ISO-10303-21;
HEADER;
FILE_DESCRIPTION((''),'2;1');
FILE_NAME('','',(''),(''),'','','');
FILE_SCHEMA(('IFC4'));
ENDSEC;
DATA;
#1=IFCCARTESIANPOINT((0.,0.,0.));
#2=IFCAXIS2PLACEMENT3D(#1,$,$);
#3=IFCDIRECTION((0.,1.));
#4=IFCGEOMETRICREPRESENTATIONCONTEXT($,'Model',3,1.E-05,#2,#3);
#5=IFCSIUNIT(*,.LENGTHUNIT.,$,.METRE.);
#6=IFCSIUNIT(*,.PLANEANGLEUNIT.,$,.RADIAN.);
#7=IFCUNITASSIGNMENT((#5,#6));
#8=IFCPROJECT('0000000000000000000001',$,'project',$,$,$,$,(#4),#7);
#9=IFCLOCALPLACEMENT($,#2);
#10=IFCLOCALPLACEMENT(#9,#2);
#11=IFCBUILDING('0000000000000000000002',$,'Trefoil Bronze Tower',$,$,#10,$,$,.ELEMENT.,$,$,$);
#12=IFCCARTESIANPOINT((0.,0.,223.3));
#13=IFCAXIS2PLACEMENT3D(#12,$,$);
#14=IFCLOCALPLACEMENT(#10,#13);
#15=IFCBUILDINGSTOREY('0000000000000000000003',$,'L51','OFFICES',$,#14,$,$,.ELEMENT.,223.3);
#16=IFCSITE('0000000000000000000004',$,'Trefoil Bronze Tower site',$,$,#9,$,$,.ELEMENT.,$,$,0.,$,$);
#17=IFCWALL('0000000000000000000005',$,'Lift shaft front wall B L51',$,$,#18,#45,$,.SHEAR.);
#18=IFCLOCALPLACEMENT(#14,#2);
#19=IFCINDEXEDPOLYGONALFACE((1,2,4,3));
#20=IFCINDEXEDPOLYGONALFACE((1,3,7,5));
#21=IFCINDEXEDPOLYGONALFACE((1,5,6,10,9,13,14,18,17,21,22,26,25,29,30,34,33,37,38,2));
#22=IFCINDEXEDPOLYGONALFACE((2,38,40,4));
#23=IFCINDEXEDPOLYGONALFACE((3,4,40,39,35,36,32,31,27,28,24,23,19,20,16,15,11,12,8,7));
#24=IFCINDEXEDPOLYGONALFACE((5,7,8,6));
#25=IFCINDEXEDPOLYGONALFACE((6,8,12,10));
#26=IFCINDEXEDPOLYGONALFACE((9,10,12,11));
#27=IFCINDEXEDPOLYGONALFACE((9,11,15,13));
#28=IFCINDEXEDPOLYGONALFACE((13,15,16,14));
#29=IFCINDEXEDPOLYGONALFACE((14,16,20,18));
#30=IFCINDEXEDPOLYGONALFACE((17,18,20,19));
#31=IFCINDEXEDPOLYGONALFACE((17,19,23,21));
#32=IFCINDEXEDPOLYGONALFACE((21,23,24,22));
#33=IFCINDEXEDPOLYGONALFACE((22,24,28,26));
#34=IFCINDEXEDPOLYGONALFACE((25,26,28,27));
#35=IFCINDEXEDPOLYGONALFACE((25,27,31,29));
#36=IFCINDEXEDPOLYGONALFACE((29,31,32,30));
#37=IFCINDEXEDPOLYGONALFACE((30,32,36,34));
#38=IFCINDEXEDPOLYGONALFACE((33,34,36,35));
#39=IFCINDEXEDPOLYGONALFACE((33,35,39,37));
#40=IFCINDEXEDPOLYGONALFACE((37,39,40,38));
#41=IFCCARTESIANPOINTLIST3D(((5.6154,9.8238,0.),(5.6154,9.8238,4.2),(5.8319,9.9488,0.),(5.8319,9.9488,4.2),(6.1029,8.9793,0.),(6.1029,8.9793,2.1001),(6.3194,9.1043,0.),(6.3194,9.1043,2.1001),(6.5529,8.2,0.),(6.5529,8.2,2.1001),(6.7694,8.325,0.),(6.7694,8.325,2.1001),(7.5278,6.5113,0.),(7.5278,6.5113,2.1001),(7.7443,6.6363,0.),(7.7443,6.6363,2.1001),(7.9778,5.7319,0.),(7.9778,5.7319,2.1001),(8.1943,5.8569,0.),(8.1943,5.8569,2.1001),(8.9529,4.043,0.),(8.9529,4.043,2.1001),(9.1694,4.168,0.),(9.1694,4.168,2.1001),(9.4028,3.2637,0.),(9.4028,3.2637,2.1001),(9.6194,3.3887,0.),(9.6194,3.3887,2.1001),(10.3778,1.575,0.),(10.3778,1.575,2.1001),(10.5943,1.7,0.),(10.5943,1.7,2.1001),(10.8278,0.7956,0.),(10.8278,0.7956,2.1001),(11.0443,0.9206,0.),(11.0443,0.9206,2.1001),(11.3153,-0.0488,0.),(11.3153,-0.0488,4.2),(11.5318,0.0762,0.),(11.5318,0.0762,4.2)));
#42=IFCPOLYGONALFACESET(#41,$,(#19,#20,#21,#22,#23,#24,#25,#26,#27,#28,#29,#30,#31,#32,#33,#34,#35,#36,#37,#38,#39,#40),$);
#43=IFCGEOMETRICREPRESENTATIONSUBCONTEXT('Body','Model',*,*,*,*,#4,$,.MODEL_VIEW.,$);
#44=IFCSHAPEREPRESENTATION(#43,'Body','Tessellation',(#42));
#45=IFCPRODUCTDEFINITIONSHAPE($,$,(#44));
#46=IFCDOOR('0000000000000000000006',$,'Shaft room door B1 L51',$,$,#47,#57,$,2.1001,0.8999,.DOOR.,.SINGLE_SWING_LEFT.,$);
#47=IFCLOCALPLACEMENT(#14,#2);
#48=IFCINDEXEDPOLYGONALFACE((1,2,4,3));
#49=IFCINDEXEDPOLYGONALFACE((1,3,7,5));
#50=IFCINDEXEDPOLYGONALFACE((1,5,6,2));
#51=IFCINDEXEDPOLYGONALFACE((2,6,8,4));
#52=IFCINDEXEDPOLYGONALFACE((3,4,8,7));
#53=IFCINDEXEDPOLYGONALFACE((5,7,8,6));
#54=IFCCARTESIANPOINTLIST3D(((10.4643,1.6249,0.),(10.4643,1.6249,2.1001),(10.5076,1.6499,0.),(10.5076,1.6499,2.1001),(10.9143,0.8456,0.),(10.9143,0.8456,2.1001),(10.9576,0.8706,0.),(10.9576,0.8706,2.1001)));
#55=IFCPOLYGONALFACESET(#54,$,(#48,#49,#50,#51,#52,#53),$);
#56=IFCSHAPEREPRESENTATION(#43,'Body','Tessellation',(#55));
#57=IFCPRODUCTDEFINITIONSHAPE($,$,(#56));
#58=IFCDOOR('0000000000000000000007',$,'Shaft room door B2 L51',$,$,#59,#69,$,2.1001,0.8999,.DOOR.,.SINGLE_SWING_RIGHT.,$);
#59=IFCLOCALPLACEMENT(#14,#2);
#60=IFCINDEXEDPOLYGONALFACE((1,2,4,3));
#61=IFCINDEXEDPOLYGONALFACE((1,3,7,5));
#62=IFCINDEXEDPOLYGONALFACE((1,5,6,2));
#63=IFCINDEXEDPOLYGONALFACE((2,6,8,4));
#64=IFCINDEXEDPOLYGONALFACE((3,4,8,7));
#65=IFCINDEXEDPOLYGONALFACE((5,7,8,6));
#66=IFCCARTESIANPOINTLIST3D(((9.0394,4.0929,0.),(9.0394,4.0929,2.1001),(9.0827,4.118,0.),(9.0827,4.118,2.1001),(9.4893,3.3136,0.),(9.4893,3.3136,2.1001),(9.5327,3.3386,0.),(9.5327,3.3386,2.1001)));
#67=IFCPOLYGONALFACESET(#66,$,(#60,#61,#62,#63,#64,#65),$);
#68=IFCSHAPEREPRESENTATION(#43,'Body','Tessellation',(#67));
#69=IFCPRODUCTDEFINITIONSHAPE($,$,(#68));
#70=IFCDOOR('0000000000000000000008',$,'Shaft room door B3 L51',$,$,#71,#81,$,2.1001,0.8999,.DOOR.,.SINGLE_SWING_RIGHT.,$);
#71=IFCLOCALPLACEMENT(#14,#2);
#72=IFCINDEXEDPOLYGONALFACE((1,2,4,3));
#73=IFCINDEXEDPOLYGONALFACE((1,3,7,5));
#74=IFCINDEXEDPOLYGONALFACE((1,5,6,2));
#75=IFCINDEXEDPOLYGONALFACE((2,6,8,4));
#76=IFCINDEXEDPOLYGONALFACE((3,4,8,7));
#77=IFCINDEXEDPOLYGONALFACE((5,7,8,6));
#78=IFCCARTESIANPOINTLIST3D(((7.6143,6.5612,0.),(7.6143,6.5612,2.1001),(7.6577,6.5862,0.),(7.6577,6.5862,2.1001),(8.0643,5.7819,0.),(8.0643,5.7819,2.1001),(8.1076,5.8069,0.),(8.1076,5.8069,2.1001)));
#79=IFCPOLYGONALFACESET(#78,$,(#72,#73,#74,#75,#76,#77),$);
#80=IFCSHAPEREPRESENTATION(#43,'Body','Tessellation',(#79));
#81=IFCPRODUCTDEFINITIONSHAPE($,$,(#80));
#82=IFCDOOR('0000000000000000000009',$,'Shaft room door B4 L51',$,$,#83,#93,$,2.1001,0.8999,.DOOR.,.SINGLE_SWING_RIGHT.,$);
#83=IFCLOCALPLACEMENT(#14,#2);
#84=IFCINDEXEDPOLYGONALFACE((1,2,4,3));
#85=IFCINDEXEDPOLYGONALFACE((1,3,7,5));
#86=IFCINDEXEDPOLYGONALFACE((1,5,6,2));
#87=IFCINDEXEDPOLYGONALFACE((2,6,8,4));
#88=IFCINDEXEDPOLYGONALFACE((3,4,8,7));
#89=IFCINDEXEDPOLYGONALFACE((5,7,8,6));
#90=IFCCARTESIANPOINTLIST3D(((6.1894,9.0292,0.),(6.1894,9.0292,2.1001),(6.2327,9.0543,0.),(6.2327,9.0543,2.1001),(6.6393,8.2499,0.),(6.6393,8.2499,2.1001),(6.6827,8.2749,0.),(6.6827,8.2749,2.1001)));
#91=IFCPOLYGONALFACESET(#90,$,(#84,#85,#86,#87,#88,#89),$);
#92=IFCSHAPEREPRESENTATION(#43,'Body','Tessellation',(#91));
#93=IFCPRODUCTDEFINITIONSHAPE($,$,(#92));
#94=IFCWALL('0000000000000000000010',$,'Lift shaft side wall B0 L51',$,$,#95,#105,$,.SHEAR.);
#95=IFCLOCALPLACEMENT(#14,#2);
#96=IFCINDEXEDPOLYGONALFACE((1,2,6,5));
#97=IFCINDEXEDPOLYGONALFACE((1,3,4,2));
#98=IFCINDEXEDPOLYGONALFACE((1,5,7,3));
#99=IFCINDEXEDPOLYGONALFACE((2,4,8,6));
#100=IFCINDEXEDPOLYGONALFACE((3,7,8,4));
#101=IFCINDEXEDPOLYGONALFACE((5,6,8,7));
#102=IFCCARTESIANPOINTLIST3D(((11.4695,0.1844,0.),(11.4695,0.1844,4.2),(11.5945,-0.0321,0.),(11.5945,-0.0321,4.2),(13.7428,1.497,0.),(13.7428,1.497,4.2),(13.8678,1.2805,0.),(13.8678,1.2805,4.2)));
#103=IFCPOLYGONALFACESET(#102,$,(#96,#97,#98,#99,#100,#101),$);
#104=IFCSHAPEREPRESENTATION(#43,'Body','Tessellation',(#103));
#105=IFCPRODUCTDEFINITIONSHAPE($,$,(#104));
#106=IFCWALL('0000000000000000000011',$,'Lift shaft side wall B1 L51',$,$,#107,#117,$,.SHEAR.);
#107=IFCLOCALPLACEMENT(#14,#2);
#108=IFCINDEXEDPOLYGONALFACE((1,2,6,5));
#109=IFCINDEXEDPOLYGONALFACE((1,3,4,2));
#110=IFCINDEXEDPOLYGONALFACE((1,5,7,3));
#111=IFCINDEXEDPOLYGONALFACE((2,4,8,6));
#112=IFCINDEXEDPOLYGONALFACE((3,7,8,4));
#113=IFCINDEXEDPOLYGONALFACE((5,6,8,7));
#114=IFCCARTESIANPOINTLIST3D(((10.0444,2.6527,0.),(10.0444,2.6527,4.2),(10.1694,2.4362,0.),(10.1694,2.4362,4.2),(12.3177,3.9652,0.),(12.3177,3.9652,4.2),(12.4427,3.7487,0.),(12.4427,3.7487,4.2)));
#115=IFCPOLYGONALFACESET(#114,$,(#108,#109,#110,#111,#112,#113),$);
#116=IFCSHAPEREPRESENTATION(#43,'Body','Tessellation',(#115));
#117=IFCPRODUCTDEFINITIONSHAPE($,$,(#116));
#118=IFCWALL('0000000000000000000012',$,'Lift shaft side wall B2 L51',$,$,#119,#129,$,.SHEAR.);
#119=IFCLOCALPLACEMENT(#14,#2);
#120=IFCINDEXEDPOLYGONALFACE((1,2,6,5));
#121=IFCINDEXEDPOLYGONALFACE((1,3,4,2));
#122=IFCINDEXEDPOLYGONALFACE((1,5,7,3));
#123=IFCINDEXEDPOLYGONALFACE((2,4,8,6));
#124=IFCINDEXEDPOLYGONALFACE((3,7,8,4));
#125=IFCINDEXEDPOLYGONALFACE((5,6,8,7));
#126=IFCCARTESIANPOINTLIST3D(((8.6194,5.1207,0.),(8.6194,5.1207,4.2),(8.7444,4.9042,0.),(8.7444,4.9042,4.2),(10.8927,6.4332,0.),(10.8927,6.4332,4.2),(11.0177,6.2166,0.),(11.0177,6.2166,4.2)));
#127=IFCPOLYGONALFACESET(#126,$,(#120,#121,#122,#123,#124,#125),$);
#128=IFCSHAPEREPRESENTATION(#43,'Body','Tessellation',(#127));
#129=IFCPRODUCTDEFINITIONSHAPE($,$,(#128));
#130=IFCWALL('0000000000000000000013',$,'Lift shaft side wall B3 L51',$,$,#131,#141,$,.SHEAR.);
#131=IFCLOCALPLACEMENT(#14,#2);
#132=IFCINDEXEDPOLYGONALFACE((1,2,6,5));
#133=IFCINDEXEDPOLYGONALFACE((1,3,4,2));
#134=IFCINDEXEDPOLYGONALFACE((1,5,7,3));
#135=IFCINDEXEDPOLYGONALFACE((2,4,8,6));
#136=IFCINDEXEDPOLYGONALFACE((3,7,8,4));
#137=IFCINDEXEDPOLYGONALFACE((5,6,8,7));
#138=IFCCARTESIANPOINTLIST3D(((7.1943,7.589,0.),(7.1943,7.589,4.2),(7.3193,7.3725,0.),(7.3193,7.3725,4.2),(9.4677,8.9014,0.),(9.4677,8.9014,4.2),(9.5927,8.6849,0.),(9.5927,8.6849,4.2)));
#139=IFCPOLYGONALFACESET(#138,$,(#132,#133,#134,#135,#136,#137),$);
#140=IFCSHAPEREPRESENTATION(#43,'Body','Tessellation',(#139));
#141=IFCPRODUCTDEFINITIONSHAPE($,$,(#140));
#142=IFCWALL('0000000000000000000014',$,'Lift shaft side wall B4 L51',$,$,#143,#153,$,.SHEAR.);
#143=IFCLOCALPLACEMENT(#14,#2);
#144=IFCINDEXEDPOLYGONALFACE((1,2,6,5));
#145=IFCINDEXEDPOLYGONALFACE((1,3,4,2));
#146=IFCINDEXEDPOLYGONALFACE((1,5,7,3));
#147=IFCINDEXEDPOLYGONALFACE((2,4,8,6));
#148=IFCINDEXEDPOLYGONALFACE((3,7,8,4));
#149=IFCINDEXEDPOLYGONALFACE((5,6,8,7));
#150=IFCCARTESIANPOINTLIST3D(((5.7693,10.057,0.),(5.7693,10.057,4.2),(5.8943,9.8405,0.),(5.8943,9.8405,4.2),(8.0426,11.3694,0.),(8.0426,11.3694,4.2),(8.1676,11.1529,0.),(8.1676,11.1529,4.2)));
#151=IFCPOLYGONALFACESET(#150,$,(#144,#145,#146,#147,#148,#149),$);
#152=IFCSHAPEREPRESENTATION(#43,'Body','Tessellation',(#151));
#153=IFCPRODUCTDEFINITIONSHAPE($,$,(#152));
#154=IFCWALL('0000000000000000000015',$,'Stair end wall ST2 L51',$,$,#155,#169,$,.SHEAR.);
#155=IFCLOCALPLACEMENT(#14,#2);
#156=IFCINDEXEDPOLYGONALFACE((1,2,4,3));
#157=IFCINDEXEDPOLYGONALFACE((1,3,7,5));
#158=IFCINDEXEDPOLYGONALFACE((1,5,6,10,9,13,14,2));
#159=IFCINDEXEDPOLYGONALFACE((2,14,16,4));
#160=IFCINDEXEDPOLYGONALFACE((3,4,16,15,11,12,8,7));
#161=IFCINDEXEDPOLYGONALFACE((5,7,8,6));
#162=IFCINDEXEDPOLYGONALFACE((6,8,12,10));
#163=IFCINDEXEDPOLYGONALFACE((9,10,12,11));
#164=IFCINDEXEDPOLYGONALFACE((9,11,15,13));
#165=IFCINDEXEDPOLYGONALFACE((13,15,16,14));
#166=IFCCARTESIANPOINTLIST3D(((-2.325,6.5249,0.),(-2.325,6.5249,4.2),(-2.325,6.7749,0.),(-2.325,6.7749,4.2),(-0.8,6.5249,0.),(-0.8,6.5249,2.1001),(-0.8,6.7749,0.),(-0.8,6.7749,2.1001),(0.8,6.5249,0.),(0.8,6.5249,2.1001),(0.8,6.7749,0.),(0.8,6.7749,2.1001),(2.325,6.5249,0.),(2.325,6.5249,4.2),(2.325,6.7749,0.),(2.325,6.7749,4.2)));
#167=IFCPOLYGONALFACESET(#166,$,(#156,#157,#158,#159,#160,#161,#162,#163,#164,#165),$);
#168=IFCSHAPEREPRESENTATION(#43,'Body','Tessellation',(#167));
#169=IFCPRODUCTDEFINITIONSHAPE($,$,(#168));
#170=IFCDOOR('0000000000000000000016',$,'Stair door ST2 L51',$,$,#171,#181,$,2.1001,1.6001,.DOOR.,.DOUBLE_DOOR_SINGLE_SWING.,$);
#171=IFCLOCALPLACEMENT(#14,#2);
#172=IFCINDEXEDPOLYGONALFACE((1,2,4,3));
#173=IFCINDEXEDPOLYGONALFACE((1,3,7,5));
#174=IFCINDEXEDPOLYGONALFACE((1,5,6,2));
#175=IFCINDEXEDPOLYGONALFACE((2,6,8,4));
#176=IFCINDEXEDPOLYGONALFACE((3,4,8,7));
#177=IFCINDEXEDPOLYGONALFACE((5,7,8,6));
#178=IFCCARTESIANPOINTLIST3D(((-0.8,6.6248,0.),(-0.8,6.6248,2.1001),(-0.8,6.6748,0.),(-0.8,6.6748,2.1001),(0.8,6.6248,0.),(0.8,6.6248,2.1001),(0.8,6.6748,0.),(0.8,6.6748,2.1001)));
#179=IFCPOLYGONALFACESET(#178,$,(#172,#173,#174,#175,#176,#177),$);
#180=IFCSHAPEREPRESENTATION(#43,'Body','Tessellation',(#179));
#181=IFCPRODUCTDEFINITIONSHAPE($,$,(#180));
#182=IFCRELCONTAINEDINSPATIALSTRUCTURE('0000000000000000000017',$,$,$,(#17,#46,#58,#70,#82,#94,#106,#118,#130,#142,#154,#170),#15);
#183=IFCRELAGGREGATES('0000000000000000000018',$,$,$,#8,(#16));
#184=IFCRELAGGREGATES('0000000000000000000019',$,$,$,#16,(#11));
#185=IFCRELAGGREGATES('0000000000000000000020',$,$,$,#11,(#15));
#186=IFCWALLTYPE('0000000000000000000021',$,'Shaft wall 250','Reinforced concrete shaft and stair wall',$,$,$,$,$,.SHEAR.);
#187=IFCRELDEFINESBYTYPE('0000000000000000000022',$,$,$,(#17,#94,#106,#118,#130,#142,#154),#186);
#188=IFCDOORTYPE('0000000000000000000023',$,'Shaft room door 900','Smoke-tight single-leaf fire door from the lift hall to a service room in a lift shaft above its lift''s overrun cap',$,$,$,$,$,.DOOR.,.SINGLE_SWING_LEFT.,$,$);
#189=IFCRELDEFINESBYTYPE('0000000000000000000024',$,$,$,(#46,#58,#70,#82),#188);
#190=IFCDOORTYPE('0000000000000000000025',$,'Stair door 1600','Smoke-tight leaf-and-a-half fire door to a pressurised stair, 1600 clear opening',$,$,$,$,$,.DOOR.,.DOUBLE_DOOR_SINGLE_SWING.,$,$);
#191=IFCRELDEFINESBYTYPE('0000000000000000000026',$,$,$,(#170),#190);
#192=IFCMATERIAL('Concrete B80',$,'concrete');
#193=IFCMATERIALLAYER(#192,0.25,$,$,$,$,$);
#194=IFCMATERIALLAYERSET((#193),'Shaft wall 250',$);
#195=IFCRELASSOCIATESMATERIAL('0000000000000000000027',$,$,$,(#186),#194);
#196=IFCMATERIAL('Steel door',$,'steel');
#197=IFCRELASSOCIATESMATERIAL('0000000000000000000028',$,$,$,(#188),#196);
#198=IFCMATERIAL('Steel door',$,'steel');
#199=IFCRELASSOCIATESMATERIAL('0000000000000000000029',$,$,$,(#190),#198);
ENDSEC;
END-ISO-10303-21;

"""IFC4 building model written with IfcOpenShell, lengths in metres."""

from ifc_helpers import new_model, si_unit, direction, frame, frame_2d, origin, place, context, subcontext, project, spatial, rectangle, extrude, material, layer, layer_set, type_object, element, fill, save


model = new_model("IFC4")

# Units and contexts
model_context = context("Model", 3, precision=1e-05, world=origin(), true_north=direction((0.0, 1.0)))
body_context = subcontext(model_context, "Body", "Model", "MODEL_VIEW")
ifc_project = project(units=[si_unit("LENGTHUNIT", "METRE"), si_unit("PLANEANGLEUNIT", "RADIAN")], contexts=[model_context])

# Site, building, storey
site_placement = place(None, origin())
site = spatial("IfcSite", under=ifc_project, at=site_placement, Name="Trefoil Bronze Tower site", CompositionType="ELEMENT", RefElevation=0.0)
building_placement = place(site_placement, origin())
building = spatial("IfcBuilding", under=site, at=building_placement, Name="Trefoil Bronze Tower", CompositionType="ELEMENT")
storey_placement = place(building_placement, frame((0.0, 0.0, 223.3)))
storey = spatial("IfcBuildingStorey", under=building, at=storey_placement, Name="L51", Description="OFFICES", CompositionType="ELEMENT", Elevation=223.3)

# Wall, openings, doors
ifc_material_1 = material(Name="Concrete B80", Category="concrete")
ifc_layer_1 = layer(ifc_material_1, 0.25)
ifc_layer_set_1 = layer_set([ifc_layer_1], Name="Shaft wall 250")
wall_type_1 = type_object("IfcWallType", Name="Shaft wall 250", Description="Reinforced concrete shaft and stair wall", PredefinedType="SHEAR", material=ifc_layer_set_1)
wall_1_placement = place(storey_placement, frame((11.4236, 0.0137, 0.0), z_axis=(0.0, 0.0, 1.0), x_axis=(-0.500002, 0.866024, 0.0)))
wall_1 = element("IfcWall", 1, at=wall_1_placement, inside=storey, type_object=wall_type_1, Name="Lift shaft front wall B L51", PredefinedType="SHEAR", context=body_context, shape_type="SweptSolid", body=[
    extrude(rectangle(XDim=11.3999, YDim=0.25, at=frame_2d((5.7, 0.0))), origin(), (0.0, 0.0, 1.0), 4.2),
])
opening_1_placement = place(wall_1_placement, frame((0.9751, 0.0, 0.0)))
opening_1 = element("IfcOpeningElement", 2, at=opening_1_placement, cuts=wall_1, PredefinedType="OPENING", context=body_context, shape_type="SweptSolid", body=[
    extrude(rectangle(XDim=0.8999, YDim=2.1001, at=frame_2d((0.45, 1.05))), frame((0.0, 0.135, 0.0), z_axis=(0.0, -1.0, 0.0), x_axis=(1.0, 0.0, 0.0)), (0.0, 0.0, 1.0), 0.27),
])
opening_2_placement = place(wall_1_placement, frame((3.825, 0.0, 0.0)))
opening_2 = element("IfcOpeningElement", 3, at=opening_2_placement, cuts=wall_1, PredefinedType="OPENING", context=body_context, shape_type="SweptSolid", body=[
    extrude(rectangle(XDim=0.8999, YDim=2.1001, at=frame_2d((0.45, 1.05))), frame((0.0, 0.135, 0.0), z_axis=(0.0, -1.0, 0.0), x_axis=(1.0, 0.0, 0.0)), (0.0, 0.0, 1.0), 0.27),
])
opening_3_placement = place(wall_1_placement, frame((6.675, 0.0, 0.0)))
opening_3 = element("IfcOpeningElement", 4, at=opening_3_placement, cuts=wall_1, PredefinedType="OPENING", context=body_context, shape_type="SweptSolid", body=[
    extrude(rectangle(XDim=0.8999, YDim=2.1001, at=frame_2d((0.45, 1.05))), frame((0.0, 0.135, 0.0), z_axis=(0.0, -1.0, 0.0), x_axis=(1.0, 0.0, 0.0)), (0.0, 0.0, 1.0), 0.27),
])
opening_4_placement = place(wall_1_placement, frame((9.5249, 0.0, 0.0)))
opening_4 = element("IfcOpeningElement", 5, at=opening_4_placement, cuts=wall_1, PredefinedType="OPENING", context=body_context, shape_type="SweptSolid", body=[
    extrude(rectangle(XDim=0.8999, YDim=2.1001, at=frame_2d((0.45, 1.05))), frame((0.0, 0.135, 0.0), z_axis=(0.0, -1.0, 0.0), x_axis=(1.0, 0.0, 0.0)), (0.0, 0.0, 1.0), 0.27),
])
ifc_material_2 = material(Name="Steel door", Category="steel")
door_type_1 = type_object("IfcDoorType", Name="Shaft room door 900", Description="Smoke-tight single-leaf fire door from the lift hall to a service room in a lift shaft above its lift's overrun cap", OperationType="SINGLE_SWING_LEFT", PredefinedType="DOOR", material=ifc_material_2)
door_1_placement = place(opening_1_placement, frame((0.8999, 0.0, 0.0), z_axis=(0.0, 0.0, 1.0), x_axis=(-1.0, 0.0, 0.0)))
door_1 = element("IfcDoor", 6, at=door_1_placement, inside=storey, type_object=door_type_1, Name="Shaft room door B1 L51", OperationType="SINGLE_SWING_LEFT", OverallHeight=2.1001, OverallWidth=0.8999, PredefinedType="DOOR", context=body_context, shape_type="SweptSolid", body=[
    extrude(rectangle(XDim=0.8999, YDim=2.1001, at=frame_2d((0.45, 1.05))), frame((0.0, 0.0249, 0.0), z_axis=(0.0, -1.0, 0.0), x_axis=(1.0, 0.0, 0.0)), (0.0, 0.0, 1.0), 0.05),
])
fill(opening_1, door_1)
door_2_placement = place(opening_2_placement, frame((0.8999, 0.0, 0.0), z_axis=(0.0, 0.0, 1.0), x_axis=(-1.0, 0.0, 0.0)))
door_2 = element("IfcDoor", 7, at=door_2_placement, inside=storey, type_object=door_type_1, Name="Shaft room door B2 L51", OperationType="SINGLE_SWING_RIGHT", OverallHeight=2.1001, OverallWidth=0.8999, PredefinedType="DOOR", context=body_context, shape_type="SweptSolid", body=[
    extrude(rectangle(XDim=0.8999, YDim=2.1001, at=frame_2d((0.45, 1.05))), frame((0.0, 0.0249, 0.0), z_axis=(0.0, -1.0, 0.0), x_axis=(1.0, 0.0, 0.0)), (0.0, 0.0, 1.0), 0.05),
])
fill(opening_2, door_2)
door_3_placement = place(opening_3_placement, frame((0.8999, 0.0, 0.0), z_axis=(0.0, 0.0, 1.0), x_axis=(-1.0, 0.0, 0.0)))
door_3 = element("IfcDoor", 8, at=door_3_placement, inside=storey, type_object=door_type_1, Name="Shaft room door B3 L51", OperationType="SINGLE_SWING_RIGHT", OverallHeight=2.1001, OverallWidth=0.8999, PredefinedType="DOOR", context=body_context, shape_type="SweptSolid", body=[
    extrude(rectangle(XDim=0.8999, YDim=2.1001, at=frame_2d((0.45, 1.05))), frame((0.0, 0.0249, 0.0), z_axis=(0.0, -1.0, 0.0), x_axis=(1.0, 0.0, 0.0)), (0.0, 0.0, 1.0), 0.05),
])
fill(opening_3, door_3)
door_4_placement = place(opening_4_placement, frame((0.8999, 0.0, 0.0), z_axis=(0.0, 0.0, 1.0), x_axis=(-1.0, 0.0, 0.0)))
door_4 = element("IfcDoor", 9, at=door_4_placement, inside=storey, type_object=door_type_1, Name="Shaft room door B4 L51", OperationType="SINGLE_SWING_RIGHT", OverallHeight=2.1001, OverallWidth=0.8999, PredefinedType="DOOR", context=body_context, shape_type="SweptSolid", body=[
    extrude(rectangle(XDim=0.8999, YDim=2.1001, at=frame_2d((0.45, 1.05))), frame((0.0, 0.0249, 0.0), z_axis=(0.0, -1.0, 0.0), x_axis=(1.0, 0.0, 0.0)), (0.0, 0.0, 1.0), 0.05),
])
fill(opening_4, door_4)

# Walls
for number, where, z_axis, x_axis, name in (
    (10, (11.532, 0.0762, 0.0), (0.0, 0.0, 1.0), (0.866014, 0.50002, 0.0), "Lift shaft side wall B0 L51"),
    (11, (10.1069, 2.5444, 0.0), (0.0, 0.0, 1.0), (0.866014, 0.50002, 0.0), "Lift shaft side wall B1 L51"),
    (12, (8.6819, 5.0125, 0.0), (0.0, 0.0, 1.0), (0.866037, 0.49998, 0.0), "Lift shaft side wall B2 L51"),
    (13, (7.2568, 7.4807, 0.0), (0.0, 0.0, 1.0), (0.866037, 0.49998, 0.0), "Lift shaft side wall B3 L51"),
    (14, (5.8318, 9.9487, 0.0), (0.0, 0.0, 1.0), (0.866037, 0.49998, 0.0), "Lift shaft side wall B4 L51"),
):
    element("IfcWall", number, at=place(storey_placement, frame(where, z_axis=z_axis, x_axis=x_axis)), inside=storey, type_object=wall_type_1, Name=name, PredefinedType="SHEAR", context=body_context, shape_type="SweptSolid", body=[
        extrude(rectangle(XDim=2.625, YDim=0.25, at=frame_2d((1.3125, 0.0))), origin(), (0.0, 0.0, 1.0), 4.2),
    ])

# Wall, opening, door
wall_2_placement = place(storey_placement, frame((2.325, 6.6499, 0.0), z_axis=(0.0, 0.0, 1.0), x_axis=(-1.0, 0.0, 0.0)))
wall_2 = element("IfcWall", 15, at=wall_2_placement, inside=storey, type_object=wall_type_1, Name="Stair end wall ST2 L51", PredefinedType="SHEAR", context=body_context, shape_type="SweptSolid", body=[
    extrude(rectangle(XDim=4.6499, YDim=0.25, at=frame_2d((2.325, 0.0))), origin(), (0.0, 0.0, 1.0), 4.2),
])
opening_5_placement = place(wall_2_placement, frame((1.5249, 0.0, 0.0)))
opening_5 = element("IfcOpeningElement", 16, at=opening_5_placement, cuts=wall_2, PredefinedType="OPENING", context=body_context, shape_type="SweptSolid", body=[
    extrude(rectangle(XDim=1.6001, YDim=2.1001, at=frame_2d((0.8, 1.05))), frame((0.0, 0.135, 0.0), z_axis=(0.0, -1.0, 0.0), x_axis=(1.0, 0.0, 0.0)), (0.0, 0.0, 1.0), 0.27),
])
ifc_material_3 = material(Name="Steel door", Category="steel")
door_type_2 = type_object("IfcDoorType", Name="Stair door 1600", Description="Smoke-tight leaf-and-a-half fire door to a pressurised stair, 1600 clear opening", OperationType="DOUBLE_DOOR_SINGLE_SWING", PredefinedType="DOOR", material=ifc_material_3)
door_5_placement = place(opening_5_placement, frame((1.6001, 0.0, 0.0), z_axis=(0.0, 0.0, 1.0), x_axis=(-1.0, 0.0, 0.0)))
door_5 = element("IfcDoor", 17, at=door_5_placement, inside=storey, type_object=door_type_2, Name="Stair door ST2 L51", OperationType="DOUBLE_DOOR_SINGLE_SWING", OverallHeight=2.1001, OverallWidth=1.6001, PredefinedType="DOOR", context=body_context, shape_type="SweptSolid", body=[
    extrude(rectangle(XDim=1.6001, YDim=2.1001, at=frame_2d((0.8, 1.05))), frame((0.0, 0.0249, 0.0), z_axis=(0.0, -1.0, 0.0), x_axis=(1.0, 0.0, 0.0)), (0.0, 0.0, 1.0), 0.05),
])
fill(opening_5, door_5)

save(model, "model.ifc")
